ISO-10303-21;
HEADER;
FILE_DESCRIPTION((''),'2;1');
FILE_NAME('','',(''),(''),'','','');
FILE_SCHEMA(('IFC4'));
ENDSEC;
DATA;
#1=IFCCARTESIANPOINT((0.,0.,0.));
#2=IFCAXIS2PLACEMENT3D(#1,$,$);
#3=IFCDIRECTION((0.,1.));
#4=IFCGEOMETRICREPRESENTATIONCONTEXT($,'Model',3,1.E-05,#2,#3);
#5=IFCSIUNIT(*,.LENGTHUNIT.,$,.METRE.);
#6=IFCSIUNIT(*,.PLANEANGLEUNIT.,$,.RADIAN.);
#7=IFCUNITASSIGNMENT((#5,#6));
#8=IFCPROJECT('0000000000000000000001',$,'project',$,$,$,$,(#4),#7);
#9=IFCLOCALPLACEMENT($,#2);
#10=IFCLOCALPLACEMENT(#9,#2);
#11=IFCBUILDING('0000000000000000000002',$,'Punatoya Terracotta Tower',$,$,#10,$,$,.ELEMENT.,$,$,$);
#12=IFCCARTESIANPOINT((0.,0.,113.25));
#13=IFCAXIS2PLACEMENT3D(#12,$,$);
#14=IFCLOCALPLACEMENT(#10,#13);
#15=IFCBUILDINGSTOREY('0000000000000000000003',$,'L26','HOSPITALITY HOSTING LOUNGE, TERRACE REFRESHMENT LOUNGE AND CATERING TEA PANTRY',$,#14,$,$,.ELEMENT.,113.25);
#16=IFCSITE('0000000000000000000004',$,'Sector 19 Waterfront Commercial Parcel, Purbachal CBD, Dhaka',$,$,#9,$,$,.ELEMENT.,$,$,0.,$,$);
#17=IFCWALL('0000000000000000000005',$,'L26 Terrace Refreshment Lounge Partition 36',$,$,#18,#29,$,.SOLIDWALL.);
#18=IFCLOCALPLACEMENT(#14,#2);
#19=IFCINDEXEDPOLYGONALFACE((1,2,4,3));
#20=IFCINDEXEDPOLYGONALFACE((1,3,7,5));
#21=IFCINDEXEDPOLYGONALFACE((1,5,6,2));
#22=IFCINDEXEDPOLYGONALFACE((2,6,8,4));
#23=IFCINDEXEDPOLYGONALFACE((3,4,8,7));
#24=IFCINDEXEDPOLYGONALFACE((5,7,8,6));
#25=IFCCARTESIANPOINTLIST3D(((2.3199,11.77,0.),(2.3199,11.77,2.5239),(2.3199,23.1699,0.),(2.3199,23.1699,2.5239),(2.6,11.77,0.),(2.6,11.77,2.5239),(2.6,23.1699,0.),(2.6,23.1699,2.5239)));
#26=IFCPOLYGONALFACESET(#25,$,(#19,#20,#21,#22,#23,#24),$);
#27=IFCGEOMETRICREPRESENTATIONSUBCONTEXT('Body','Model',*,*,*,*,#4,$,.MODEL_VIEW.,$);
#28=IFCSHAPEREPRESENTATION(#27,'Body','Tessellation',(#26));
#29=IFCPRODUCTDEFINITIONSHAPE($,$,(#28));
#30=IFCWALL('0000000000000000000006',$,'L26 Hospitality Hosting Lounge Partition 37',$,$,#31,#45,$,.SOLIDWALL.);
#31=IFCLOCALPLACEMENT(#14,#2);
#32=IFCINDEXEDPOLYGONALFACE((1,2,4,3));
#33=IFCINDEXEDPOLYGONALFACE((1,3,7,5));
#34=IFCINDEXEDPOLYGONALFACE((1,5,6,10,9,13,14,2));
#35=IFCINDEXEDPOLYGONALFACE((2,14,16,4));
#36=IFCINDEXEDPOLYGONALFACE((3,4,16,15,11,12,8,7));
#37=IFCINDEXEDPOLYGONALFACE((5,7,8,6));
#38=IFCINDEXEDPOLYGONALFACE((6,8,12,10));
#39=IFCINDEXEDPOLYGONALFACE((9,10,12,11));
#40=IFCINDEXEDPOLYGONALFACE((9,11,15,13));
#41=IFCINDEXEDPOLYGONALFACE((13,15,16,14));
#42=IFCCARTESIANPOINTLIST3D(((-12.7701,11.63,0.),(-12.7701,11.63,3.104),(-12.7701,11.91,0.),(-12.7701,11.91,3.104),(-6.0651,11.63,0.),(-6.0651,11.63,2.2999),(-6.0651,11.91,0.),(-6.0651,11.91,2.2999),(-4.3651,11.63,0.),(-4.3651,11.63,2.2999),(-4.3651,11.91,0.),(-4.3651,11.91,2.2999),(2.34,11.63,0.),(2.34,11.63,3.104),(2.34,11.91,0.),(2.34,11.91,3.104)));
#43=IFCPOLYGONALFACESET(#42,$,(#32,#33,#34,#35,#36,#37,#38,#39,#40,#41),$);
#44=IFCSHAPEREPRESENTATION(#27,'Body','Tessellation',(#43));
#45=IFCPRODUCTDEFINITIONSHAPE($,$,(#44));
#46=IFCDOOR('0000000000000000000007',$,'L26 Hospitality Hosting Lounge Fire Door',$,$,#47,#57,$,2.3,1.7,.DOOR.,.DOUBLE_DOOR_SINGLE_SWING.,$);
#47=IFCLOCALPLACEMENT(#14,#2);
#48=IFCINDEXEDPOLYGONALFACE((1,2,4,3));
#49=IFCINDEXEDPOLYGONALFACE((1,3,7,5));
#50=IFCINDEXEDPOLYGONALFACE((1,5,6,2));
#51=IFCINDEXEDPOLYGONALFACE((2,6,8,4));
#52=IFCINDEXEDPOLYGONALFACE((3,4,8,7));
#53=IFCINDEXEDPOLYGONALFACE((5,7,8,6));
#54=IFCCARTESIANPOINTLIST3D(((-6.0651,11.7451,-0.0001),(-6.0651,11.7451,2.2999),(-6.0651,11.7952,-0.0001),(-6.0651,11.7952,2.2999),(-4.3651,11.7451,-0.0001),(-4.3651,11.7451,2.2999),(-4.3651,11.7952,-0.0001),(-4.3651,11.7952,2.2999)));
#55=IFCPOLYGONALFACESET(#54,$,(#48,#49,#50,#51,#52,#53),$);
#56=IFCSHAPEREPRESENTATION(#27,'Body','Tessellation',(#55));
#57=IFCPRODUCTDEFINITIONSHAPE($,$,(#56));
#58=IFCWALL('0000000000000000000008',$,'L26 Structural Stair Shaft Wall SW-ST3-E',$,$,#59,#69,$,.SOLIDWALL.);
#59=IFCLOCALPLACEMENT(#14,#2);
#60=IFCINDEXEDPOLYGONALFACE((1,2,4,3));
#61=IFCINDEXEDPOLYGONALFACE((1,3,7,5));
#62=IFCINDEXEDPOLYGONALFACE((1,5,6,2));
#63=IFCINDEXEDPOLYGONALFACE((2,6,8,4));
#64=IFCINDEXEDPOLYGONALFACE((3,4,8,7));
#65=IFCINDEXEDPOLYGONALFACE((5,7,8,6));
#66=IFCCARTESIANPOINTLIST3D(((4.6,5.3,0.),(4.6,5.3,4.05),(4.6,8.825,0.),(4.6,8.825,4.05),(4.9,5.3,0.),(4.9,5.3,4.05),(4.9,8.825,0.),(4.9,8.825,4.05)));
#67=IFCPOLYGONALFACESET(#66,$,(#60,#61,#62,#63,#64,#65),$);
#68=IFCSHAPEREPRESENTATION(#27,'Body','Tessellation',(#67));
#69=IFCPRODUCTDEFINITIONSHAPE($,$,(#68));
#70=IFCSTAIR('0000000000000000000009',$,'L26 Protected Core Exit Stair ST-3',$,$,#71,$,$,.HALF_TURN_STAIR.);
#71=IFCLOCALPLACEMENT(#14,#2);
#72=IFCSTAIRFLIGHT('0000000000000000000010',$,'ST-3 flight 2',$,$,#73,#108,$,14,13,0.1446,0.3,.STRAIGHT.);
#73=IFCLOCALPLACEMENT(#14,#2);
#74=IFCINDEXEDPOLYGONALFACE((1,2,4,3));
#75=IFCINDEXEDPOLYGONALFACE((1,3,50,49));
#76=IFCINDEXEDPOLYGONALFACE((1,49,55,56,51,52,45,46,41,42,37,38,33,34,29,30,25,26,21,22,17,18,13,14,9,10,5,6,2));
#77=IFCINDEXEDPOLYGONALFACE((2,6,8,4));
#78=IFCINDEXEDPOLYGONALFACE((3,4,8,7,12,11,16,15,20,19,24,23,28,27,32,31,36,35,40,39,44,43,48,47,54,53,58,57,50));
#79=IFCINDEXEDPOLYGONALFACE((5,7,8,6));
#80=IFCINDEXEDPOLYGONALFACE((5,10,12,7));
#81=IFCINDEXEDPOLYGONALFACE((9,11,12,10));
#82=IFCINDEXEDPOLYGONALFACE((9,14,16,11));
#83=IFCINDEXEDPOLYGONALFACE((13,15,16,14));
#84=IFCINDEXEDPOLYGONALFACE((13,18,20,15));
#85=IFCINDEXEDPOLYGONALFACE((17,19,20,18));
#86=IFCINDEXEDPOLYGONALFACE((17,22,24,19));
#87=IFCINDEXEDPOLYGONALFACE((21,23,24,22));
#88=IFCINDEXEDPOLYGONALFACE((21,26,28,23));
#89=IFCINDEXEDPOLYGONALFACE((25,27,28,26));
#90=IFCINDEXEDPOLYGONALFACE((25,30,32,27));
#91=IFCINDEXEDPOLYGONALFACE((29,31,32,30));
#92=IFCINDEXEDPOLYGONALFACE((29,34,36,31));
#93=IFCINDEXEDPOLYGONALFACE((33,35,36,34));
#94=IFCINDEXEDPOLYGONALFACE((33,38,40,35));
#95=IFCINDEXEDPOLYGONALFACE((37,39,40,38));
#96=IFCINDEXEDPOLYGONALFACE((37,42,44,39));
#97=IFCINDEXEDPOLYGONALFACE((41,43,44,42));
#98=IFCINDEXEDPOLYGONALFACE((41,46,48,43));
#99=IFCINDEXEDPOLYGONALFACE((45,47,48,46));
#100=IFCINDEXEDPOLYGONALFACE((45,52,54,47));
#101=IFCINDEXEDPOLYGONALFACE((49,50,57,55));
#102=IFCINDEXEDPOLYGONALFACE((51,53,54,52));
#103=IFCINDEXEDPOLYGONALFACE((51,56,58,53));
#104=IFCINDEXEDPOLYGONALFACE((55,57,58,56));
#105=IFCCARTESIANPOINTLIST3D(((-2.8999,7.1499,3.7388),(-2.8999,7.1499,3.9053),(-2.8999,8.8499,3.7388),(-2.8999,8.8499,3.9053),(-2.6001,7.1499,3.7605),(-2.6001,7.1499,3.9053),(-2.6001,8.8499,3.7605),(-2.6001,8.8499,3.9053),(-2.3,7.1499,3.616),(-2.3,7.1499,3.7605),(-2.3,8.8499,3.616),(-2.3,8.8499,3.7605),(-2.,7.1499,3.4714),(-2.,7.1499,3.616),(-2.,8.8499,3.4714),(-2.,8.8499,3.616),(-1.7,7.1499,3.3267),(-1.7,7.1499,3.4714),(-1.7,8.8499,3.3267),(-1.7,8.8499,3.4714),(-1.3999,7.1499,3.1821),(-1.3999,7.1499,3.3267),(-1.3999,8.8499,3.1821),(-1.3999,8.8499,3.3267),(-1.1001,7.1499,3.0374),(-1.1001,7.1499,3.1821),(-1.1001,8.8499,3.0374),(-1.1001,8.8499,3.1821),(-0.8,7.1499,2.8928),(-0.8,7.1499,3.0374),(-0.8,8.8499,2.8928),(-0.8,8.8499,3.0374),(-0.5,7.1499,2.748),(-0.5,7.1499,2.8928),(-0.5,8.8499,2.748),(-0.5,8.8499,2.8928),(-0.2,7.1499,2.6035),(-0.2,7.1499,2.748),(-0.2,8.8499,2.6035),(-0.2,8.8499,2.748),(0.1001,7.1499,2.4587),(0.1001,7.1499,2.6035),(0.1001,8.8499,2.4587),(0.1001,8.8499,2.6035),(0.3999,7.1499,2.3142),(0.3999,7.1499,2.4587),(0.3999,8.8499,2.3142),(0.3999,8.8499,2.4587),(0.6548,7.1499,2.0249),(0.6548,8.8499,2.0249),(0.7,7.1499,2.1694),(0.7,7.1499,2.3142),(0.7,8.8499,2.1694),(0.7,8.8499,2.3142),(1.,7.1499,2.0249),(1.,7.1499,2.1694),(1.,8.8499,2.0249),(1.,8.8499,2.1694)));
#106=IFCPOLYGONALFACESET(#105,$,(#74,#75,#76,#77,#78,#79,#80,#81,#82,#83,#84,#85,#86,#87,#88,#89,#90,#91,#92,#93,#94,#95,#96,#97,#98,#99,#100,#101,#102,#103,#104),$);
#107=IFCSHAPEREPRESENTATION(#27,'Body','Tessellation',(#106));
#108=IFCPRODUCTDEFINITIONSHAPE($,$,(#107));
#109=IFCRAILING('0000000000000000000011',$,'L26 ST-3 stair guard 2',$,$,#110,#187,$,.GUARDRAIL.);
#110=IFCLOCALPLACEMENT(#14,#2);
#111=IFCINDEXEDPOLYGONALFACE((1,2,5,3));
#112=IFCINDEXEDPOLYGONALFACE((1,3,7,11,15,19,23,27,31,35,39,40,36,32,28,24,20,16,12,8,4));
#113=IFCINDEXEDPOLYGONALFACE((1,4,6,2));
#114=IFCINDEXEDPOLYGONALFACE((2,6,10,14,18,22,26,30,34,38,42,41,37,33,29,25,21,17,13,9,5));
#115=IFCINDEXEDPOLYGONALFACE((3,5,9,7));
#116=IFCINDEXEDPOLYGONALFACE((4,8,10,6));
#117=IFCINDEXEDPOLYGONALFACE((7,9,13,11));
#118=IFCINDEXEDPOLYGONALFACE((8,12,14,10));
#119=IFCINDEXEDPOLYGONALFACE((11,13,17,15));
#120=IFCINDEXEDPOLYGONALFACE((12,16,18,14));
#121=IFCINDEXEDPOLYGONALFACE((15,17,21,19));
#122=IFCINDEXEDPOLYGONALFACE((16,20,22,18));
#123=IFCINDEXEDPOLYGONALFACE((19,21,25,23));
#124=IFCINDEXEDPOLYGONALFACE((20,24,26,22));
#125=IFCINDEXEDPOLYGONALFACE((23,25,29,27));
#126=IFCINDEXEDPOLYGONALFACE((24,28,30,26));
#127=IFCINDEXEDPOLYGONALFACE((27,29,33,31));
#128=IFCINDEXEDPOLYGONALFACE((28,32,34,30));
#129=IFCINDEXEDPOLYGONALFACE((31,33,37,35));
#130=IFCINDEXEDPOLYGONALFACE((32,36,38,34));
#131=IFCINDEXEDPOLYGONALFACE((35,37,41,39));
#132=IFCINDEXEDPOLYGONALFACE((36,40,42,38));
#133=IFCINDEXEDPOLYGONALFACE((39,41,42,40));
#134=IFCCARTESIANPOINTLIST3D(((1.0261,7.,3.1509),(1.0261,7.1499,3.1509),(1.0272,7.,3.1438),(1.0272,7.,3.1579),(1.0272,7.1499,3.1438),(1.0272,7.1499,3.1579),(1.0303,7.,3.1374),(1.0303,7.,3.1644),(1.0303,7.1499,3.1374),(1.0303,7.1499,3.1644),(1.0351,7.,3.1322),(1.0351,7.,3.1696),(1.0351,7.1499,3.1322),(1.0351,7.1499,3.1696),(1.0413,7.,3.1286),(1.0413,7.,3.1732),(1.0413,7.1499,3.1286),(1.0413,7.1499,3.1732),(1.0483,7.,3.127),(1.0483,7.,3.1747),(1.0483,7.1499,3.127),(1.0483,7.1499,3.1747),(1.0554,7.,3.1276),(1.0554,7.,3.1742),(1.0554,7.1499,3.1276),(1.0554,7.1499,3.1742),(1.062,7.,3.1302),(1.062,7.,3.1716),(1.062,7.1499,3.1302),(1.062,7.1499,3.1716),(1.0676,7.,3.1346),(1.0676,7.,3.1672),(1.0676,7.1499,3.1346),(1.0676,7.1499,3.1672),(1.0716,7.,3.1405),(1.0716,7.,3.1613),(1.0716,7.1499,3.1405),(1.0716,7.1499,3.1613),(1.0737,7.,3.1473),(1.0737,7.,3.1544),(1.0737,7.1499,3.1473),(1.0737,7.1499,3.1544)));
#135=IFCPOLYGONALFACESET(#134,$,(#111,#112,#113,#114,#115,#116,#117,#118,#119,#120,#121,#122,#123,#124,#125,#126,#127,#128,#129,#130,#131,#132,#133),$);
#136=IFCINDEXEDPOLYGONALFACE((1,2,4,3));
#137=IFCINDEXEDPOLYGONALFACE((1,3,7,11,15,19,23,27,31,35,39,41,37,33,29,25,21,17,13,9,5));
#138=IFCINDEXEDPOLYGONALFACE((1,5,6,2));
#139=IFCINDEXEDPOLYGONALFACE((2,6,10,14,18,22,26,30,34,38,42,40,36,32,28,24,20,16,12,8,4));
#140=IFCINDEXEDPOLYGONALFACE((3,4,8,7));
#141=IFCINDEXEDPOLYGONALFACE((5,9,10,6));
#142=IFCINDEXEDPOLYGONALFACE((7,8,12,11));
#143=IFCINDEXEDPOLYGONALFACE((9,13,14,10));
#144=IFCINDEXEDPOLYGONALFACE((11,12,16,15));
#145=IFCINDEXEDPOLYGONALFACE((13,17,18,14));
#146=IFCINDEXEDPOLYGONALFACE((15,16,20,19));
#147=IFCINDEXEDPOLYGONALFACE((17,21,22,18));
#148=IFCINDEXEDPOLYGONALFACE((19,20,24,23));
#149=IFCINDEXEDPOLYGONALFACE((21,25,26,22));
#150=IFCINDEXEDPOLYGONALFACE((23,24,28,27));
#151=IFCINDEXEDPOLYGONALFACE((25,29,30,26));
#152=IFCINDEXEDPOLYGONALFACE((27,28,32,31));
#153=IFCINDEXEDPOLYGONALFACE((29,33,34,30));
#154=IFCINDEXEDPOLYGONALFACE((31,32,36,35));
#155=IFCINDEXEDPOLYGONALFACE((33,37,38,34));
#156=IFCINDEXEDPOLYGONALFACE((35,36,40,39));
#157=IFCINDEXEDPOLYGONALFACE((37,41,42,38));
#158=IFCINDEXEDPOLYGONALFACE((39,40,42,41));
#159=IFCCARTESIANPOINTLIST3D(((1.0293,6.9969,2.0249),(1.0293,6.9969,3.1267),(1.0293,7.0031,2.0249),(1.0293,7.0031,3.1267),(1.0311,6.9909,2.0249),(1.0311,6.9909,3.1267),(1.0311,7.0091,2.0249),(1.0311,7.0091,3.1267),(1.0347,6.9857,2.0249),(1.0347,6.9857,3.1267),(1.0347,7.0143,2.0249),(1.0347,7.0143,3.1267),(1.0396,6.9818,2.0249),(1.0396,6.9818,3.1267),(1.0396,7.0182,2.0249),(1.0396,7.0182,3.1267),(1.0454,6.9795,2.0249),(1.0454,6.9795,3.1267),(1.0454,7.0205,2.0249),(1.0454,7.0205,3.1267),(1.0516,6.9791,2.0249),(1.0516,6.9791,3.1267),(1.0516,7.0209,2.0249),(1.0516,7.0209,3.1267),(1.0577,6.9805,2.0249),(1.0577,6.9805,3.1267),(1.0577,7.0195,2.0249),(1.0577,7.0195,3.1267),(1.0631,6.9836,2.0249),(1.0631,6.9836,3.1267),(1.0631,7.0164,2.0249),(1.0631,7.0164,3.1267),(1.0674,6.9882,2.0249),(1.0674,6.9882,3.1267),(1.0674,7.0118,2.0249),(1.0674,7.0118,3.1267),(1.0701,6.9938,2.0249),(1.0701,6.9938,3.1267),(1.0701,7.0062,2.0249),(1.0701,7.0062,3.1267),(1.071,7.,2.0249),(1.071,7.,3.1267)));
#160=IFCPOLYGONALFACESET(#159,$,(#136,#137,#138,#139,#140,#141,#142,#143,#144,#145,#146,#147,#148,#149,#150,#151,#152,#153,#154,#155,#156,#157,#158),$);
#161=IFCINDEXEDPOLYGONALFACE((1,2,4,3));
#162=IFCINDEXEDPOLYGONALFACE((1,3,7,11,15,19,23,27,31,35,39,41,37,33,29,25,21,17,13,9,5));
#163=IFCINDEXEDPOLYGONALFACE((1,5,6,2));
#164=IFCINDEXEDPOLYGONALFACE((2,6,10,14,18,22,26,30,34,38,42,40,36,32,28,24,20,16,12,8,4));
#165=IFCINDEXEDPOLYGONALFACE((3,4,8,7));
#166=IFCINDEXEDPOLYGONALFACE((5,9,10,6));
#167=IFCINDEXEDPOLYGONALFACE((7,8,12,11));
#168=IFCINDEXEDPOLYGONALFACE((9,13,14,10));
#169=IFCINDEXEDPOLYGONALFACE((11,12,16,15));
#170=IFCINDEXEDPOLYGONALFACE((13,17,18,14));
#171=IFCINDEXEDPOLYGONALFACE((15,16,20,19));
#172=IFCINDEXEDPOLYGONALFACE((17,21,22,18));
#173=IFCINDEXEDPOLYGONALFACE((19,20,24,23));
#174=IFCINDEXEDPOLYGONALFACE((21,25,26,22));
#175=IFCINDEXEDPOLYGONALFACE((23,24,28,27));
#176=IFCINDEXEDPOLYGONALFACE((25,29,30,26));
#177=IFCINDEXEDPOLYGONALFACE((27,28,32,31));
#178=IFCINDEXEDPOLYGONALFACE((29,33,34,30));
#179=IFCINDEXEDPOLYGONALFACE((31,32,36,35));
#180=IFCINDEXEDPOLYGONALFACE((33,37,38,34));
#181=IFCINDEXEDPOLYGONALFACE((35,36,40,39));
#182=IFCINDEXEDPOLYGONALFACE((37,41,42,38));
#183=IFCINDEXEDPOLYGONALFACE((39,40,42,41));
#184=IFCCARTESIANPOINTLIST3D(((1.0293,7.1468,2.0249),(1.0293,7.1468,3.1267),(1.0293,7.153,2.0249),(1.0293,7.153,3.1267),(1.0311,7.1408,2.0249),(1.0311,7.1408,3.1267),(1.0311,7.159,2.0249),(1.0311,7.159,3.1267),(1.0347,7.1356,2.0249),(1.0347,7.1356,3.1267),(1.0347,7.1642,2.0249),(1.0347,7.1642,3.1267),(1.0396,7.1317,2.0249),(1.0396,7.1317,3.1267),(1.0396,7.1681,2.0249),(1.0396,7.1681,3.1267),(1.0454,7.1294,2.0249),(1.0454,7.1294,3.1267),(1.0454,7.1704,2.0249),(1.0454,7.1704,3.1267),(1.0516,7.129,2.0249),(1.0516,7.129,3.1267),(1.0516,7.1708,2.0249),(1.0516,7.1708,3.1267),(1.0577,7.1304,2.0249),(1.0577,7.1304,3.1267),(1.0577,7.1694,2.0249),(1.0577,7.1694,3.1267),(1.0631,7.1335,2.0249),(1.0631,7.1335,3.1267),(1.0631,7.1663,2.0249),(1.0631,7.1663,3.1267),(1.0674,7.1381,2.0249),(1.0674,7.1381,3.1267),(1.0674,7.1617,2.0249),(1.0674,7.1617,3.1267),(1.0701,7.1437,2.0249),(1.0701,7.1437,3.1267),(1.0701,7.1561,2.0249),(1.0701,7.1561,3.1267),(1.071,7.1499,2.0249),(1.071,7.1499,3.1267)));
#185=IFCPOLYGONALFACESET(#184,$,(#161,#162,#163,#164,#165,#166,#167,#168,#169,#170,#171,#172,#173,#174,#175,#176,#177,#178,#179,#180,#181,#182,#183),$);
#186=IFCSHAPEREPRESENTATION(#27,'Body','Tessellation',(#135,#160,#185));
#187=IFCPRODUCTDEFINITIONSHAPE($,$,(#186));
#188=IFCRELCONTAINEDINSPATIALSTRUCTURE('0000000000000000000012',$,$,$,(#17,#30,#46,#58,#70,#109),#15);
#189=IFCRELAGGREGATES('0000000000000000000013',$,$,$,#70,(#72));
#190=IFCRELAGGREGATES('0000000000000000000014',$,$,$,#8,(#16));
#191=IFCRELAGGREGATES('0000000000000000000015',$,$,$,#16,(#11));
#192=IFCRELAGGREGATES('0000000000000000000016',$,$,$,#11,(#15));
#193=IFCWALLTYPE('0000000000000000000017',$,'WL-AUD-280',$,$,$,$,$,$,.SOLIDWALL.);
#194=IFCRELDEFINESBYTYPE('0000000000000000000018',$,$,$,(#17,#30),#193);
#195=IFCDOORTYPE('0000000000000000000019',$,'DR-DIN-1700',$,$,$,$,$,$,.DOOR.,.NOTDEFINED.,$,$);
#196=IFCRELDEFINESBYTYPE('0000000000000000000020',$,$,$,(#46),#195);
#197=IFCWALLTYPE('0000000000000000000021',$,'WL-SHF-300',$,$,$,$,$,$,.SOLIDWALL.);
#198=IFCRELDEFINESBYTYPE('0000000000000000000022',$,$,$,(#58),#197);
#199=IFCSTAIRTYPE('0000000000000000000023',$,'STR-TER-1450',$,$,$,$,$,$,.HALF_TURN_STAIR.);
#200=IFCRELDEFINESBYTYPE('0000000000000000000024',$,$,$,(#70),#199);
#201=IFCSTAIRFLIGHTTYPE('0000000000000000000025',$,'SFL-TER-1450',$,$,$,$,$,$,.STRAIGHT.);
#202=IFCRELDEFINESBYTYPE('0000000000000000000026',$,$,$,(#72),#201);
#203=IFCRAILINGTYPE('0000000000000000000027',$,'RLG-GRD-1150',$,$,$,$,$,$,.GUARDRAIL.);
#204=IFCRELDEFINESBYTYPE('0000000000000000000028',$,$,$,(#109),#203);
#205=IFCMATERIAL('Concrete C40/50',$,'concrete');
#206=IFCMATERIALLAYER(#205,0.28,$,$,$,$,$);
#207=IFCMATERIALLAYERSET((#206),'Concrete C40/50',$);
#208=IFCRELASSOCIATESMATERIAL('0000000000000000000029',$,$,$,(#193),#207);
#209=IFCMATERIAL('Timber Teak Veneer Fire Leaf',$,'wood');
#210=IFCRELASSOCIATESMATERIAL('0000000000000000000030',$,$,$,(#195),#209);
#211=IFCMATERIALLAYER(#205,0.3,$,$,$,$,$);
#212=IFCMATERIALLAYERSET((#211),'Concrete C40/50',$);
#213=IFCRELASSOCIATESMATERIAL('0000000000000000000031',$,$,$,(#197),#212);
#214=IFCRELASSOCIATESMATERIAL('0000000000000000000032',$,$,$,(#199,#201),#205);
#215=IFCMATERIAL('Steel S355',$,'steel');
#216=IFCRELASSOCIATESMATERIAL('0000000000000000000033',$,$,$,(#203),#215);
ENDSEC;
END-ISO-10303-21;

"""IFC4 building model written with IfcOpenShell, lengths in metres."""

from ifc_helpers import new_model, si_unit, direction, frame, frame_2d, origin, origin_2d, place, context, subcontext, project, spatial, polyline, rectangle, circle, outline, extrude, material, layer, layer_set, type_object, element, fill, aggregate, save


model = new_model("IFC4")

# Units and contexts
model_context = context("Model", 3, precision=1e-05, world=origin(), true_north=direction((0.0, 1.0)))
body_context = subcontext(model_context, "Body", "Model", "MODEL_VIEW")
ifc_project = project(units=[si_unit("LENGTHUNIT", "METRE"), si_unit("PLANEANGLEUNIT", "RADIAN")], contexts=[model_context])

# Site, building, storey
site_placement = place(None, origin())
site = spatial("IfcSite", under=ifc_project, at=site_placement, Name="Sector 19 Waterfront Commercial Parcel, Purbachal CBD, Dhaka", CompositionType="ELEMENT", RefElevation=0.0)
building_placement = place(site_placement, origin())
building = spatial("IfcBuilding", under=site, at=building_placement, Name="Punatoya Terracotta Tower", CompositionType="ELEMENT")
storey_placement = place(building_placement, frame((0.0, 0.0, 113.25)))
storey = spatial("IfcBuildingStorey", under=building, at=storey_placement, Name="L26", Description="HOSPITALITY HOSTING LOUNGE, TERRACE REFRESHMENT LOUNGE AND CATERING TEA PANTRY", CompositionType="ELEMENT", Elevation=113.25)

# Shared definitions
ifc_material_1 = material(Name="Steel S355", Category="steel")

# Wall
ifc_material_2 = material(Name="Concrete C40/50", Category="concrete")
ifc_layer_1 = layer(ifc_material_2, 0.28)
ifc_layer_set_1 = layer_set([ifc_layer_1], Name="Concrete C40/50")
wall_type_1 = type_object("IfcWallType", Name="WL-AUD-280", PredefinedType="SOLIDWALL", material=ifc_layer_set_1)
wall_1_placement = place(storey_placement, frame((2.46, 11.77, 0.0), z_axis=(0.0, 0.0, 1.0), x_axis=(0.0, 1.0, 0.0)))
element("IfcWall", 1, at=wall_1_placement, inside=storey, type_object=wall_type_1, Name="L26 Terrace Refreshment Lounge Partition 36", PredefinedType="SOLIDWALL", context=body_context, shape_type="SweptSolid", body=[
    extrude(rectangle(XDim=11.3999, YDim=0.28, at=frame_2d((5.7, 0.0))), origin(), (0.0, 0.0, 1.0), 2.5239),
])

# Wall, opening, door
wall_2_placement = place(storey_placement, frame((2.3401, 11.77, 0.0), z_axis=(0.0, 0.0, 1.0), x_axis=(-1.0, 0.0, 0.0)))
wall_2 = element("IfcWall", 2, at=wall_2_placement, inside=storey, type_object=wall_type_1, Name="L26 Hospitality Hosting Lounge Partition 37", PredefinedType="SOLIDWALL", context=body_context, shape_type="SweptSolid", body=[
    extrude(rectangle(XDim=15.1101, YDim=0.28, at=frame_2d((7.5552, 0.0))), origin(), (0.0, 0.0, 1.0), 3.104),
])
opening_placement = place(wall_2_placement, frame((6.7051, 0.0, 0.0)))
opening = element("IfcOpeningElement", 3, at=opening_placement, cuts=wall_2, PredefinedType="OPENING", context=body_context, shape_type="SweptSolid", body=[
    extrude(rectangle(XDim=1.7, YDim=2.3, at=frame_2d((0.8501, 1.1499))), frame((0.0, 0.1499, 0.0), z_axis=(0.0, -1.0, 0.0), x_axis=(1.0, 0.0, 0.0)), (0.0, 0.0, 1.0), 0.3),
])
ifc_material_3 = material(Name="Timber Teak Veneer Fire Leaf", Category="wood")
door_type = type_object("IfcDoorType", Name="DR-DIN-1700", OperationType="NOTDEFINED", PredefinedType="DOOR", material=ifc_material_3)
door_placement = place(opening_placement, origin())
door = element("IfcDoor", 4, at=door_placement, inside=storey, type_object=door_type, Name="L26 Hospitality Hosting Lounge Fire Door", OperationType="DOUBLE_DOOR_SINGLE_SWING", OverallHeight=2.3, OverallWidth=1.7, PredefinedType="DOOR", context=body_context, shape_type="SweptSolid", body=[
    extrude(rectangle(XDim=1.7, YDim=2.3, at=frame_2d((0.8501, 1.1499))), frame((0.0, 0.0249, 0.0), z_axis=(0.0, -1.0, 0.0), x_axis=(1.0, 0.0, 0.0)), (0.0, 0.0, 1.0), 0.05),
])
fill(opening, door)

# Wall
ifc_layer_2 = layer(ifc_material_2, 0.3)
ifc_layer_set_2 = layer_set([ifc_layer_2], Name="Concrete C40/50")
wall_type_2 = type_object("IfcWallType", Name="WL-SHF-300", PredefinedType="SOLIDWALL", material=ifc_layer_set_2)
wall_3_placement = place(storey_placement, frame((4.75, 8.825, 0.0), z_axis=(0.0, 0.0, 1.0), x_axis=(0.0, -1.0, 0.0)))
element("IfcWall", 5, at=wall_3_placement, inside=storey, type_object=wall_type_2, Name="L26 Structural Stair Shaft Wall SW-ST3-E", PredefinedType="SOLIDWALL", context=body_context, shape_type="SweptSolid", body=[
    extrude(rectangle(XDim=3.5249, YDim=0.3, at=frame_2d((1.7625, 0.0))), origin(), (0.0, 0.0, 1.0), 4.05),
])

# Stair, stair flight
stair_type = type_object("IfcStairType", Name="STR-TER-1450", PredefinedType="HALF_TURN_STAIR", material=ifc_material_2)
stair_placement = place(storey_placement, origin())
stair = element("IfcStair", 6, at=stair_placement, inside=storey, type_object=stair_type, Name="L26 Protected Core Exit Stair ST-3", PredefinedType="HALF_TURN_STAIR")
stair_flight_type = type_object("IfcStairFlightType", Name="SFL-TER-1450", PredefinedType="STRAIGHT", material=ifc_material_2)
stair_flight_placement = place(storey_placement, frame((1.0, 8.0, 2.0249), z_axis=(0.0, 0.0, 1.0), x_axis=(-1.0, 0.0, 0.0)))
stair_flight = element("IfcStairFlight", 7, at=stair_flight_placement, type_object=stair_flight_type, Name="ST-3 flight 2", NumberOfRisers=14, NumberOfTreads=13, PredefinedType="STRAIGHT", RiserHeight=0.1446, TreadLength=0.3, context=body_context, shape_type="SweptSolid", body=[
    extrude(outline(polyline([(0.0, 0.0), (0.0, 0.1445), (0.3, 0.1445), (0.3, 0.2893), (0.6001, 0.2893), (0.6001, 0.4338), (0.8999, 0.4338), (0.8999, 0.5786), (1.2, 0.5786), (1.2, 0.7231), (1.5, 0.7231), (1.5, 0.8679), (1.8, 0.8679), (1.8, 1.0125), (2.1001, 1.0125), (2.1001, 1.1572), (2.3999, 1.1572), (2.3999, 1.3018), (2.7, 1.3018), (2.7, 1.4465), (3.0, 1.4465), (3.0, 1.5911), (3.3, 1.5911), (3.3, 1.7356), (3.6001, 1.7356), (3.6001, 1.8804), (3.8999, 1.8804), (3.8999, 2.0249), (3.8999, 1.7139), (0.3452, 0.0), (0.0, 0.0)])), frame((0.0, 0.8501, 0.0), z_axis=(0.0, -1.0, 0.0), x_axis=(1.0, 0.0, 0.0)), (0.0, 0.0, 1.0), 1.7),
])
aggregate(stair, [stair_flight])

# Railing
railing_type_1 = type_object("IfcRailingType", Name="RLG-GRD-1150", PredefinedType="GUARDRAIL", material=ifc_material_1)
railing_1_placement = place(storey_placement, frame((1.05, 7.0, 2.0249)))
element("IfcRailing", 8, at=railing_1_placement, inside=storey, type_object=railing_type_1, Name="L26 ST-3 stair guard 2", PredefinedType="GUARDRAIL", context=body_context, shape_type="SweptSolid", body=[
    extrude(circle(Radius=0.0239, at=origin_2d()), frame((0.0, 0.0, 1.126), z_axis=(0.0, 1.0, 0.0), x_axis=(-1.0, 0.0, 0.0)), (0.0, 0.0, 1.0), 0.1499),
    extrude(circle(Radius=0.021, at=origin_2d()), origin(), (0.0, 0.0, 1.0), 1.1018),
    extrude(circle(Radius=0.021, at=origin_2d()), frame((0.0, 0.1499, 0.0)), (0.0, 0.0, 1.0), 1.1018),
])

save(model, "model.ifc")
